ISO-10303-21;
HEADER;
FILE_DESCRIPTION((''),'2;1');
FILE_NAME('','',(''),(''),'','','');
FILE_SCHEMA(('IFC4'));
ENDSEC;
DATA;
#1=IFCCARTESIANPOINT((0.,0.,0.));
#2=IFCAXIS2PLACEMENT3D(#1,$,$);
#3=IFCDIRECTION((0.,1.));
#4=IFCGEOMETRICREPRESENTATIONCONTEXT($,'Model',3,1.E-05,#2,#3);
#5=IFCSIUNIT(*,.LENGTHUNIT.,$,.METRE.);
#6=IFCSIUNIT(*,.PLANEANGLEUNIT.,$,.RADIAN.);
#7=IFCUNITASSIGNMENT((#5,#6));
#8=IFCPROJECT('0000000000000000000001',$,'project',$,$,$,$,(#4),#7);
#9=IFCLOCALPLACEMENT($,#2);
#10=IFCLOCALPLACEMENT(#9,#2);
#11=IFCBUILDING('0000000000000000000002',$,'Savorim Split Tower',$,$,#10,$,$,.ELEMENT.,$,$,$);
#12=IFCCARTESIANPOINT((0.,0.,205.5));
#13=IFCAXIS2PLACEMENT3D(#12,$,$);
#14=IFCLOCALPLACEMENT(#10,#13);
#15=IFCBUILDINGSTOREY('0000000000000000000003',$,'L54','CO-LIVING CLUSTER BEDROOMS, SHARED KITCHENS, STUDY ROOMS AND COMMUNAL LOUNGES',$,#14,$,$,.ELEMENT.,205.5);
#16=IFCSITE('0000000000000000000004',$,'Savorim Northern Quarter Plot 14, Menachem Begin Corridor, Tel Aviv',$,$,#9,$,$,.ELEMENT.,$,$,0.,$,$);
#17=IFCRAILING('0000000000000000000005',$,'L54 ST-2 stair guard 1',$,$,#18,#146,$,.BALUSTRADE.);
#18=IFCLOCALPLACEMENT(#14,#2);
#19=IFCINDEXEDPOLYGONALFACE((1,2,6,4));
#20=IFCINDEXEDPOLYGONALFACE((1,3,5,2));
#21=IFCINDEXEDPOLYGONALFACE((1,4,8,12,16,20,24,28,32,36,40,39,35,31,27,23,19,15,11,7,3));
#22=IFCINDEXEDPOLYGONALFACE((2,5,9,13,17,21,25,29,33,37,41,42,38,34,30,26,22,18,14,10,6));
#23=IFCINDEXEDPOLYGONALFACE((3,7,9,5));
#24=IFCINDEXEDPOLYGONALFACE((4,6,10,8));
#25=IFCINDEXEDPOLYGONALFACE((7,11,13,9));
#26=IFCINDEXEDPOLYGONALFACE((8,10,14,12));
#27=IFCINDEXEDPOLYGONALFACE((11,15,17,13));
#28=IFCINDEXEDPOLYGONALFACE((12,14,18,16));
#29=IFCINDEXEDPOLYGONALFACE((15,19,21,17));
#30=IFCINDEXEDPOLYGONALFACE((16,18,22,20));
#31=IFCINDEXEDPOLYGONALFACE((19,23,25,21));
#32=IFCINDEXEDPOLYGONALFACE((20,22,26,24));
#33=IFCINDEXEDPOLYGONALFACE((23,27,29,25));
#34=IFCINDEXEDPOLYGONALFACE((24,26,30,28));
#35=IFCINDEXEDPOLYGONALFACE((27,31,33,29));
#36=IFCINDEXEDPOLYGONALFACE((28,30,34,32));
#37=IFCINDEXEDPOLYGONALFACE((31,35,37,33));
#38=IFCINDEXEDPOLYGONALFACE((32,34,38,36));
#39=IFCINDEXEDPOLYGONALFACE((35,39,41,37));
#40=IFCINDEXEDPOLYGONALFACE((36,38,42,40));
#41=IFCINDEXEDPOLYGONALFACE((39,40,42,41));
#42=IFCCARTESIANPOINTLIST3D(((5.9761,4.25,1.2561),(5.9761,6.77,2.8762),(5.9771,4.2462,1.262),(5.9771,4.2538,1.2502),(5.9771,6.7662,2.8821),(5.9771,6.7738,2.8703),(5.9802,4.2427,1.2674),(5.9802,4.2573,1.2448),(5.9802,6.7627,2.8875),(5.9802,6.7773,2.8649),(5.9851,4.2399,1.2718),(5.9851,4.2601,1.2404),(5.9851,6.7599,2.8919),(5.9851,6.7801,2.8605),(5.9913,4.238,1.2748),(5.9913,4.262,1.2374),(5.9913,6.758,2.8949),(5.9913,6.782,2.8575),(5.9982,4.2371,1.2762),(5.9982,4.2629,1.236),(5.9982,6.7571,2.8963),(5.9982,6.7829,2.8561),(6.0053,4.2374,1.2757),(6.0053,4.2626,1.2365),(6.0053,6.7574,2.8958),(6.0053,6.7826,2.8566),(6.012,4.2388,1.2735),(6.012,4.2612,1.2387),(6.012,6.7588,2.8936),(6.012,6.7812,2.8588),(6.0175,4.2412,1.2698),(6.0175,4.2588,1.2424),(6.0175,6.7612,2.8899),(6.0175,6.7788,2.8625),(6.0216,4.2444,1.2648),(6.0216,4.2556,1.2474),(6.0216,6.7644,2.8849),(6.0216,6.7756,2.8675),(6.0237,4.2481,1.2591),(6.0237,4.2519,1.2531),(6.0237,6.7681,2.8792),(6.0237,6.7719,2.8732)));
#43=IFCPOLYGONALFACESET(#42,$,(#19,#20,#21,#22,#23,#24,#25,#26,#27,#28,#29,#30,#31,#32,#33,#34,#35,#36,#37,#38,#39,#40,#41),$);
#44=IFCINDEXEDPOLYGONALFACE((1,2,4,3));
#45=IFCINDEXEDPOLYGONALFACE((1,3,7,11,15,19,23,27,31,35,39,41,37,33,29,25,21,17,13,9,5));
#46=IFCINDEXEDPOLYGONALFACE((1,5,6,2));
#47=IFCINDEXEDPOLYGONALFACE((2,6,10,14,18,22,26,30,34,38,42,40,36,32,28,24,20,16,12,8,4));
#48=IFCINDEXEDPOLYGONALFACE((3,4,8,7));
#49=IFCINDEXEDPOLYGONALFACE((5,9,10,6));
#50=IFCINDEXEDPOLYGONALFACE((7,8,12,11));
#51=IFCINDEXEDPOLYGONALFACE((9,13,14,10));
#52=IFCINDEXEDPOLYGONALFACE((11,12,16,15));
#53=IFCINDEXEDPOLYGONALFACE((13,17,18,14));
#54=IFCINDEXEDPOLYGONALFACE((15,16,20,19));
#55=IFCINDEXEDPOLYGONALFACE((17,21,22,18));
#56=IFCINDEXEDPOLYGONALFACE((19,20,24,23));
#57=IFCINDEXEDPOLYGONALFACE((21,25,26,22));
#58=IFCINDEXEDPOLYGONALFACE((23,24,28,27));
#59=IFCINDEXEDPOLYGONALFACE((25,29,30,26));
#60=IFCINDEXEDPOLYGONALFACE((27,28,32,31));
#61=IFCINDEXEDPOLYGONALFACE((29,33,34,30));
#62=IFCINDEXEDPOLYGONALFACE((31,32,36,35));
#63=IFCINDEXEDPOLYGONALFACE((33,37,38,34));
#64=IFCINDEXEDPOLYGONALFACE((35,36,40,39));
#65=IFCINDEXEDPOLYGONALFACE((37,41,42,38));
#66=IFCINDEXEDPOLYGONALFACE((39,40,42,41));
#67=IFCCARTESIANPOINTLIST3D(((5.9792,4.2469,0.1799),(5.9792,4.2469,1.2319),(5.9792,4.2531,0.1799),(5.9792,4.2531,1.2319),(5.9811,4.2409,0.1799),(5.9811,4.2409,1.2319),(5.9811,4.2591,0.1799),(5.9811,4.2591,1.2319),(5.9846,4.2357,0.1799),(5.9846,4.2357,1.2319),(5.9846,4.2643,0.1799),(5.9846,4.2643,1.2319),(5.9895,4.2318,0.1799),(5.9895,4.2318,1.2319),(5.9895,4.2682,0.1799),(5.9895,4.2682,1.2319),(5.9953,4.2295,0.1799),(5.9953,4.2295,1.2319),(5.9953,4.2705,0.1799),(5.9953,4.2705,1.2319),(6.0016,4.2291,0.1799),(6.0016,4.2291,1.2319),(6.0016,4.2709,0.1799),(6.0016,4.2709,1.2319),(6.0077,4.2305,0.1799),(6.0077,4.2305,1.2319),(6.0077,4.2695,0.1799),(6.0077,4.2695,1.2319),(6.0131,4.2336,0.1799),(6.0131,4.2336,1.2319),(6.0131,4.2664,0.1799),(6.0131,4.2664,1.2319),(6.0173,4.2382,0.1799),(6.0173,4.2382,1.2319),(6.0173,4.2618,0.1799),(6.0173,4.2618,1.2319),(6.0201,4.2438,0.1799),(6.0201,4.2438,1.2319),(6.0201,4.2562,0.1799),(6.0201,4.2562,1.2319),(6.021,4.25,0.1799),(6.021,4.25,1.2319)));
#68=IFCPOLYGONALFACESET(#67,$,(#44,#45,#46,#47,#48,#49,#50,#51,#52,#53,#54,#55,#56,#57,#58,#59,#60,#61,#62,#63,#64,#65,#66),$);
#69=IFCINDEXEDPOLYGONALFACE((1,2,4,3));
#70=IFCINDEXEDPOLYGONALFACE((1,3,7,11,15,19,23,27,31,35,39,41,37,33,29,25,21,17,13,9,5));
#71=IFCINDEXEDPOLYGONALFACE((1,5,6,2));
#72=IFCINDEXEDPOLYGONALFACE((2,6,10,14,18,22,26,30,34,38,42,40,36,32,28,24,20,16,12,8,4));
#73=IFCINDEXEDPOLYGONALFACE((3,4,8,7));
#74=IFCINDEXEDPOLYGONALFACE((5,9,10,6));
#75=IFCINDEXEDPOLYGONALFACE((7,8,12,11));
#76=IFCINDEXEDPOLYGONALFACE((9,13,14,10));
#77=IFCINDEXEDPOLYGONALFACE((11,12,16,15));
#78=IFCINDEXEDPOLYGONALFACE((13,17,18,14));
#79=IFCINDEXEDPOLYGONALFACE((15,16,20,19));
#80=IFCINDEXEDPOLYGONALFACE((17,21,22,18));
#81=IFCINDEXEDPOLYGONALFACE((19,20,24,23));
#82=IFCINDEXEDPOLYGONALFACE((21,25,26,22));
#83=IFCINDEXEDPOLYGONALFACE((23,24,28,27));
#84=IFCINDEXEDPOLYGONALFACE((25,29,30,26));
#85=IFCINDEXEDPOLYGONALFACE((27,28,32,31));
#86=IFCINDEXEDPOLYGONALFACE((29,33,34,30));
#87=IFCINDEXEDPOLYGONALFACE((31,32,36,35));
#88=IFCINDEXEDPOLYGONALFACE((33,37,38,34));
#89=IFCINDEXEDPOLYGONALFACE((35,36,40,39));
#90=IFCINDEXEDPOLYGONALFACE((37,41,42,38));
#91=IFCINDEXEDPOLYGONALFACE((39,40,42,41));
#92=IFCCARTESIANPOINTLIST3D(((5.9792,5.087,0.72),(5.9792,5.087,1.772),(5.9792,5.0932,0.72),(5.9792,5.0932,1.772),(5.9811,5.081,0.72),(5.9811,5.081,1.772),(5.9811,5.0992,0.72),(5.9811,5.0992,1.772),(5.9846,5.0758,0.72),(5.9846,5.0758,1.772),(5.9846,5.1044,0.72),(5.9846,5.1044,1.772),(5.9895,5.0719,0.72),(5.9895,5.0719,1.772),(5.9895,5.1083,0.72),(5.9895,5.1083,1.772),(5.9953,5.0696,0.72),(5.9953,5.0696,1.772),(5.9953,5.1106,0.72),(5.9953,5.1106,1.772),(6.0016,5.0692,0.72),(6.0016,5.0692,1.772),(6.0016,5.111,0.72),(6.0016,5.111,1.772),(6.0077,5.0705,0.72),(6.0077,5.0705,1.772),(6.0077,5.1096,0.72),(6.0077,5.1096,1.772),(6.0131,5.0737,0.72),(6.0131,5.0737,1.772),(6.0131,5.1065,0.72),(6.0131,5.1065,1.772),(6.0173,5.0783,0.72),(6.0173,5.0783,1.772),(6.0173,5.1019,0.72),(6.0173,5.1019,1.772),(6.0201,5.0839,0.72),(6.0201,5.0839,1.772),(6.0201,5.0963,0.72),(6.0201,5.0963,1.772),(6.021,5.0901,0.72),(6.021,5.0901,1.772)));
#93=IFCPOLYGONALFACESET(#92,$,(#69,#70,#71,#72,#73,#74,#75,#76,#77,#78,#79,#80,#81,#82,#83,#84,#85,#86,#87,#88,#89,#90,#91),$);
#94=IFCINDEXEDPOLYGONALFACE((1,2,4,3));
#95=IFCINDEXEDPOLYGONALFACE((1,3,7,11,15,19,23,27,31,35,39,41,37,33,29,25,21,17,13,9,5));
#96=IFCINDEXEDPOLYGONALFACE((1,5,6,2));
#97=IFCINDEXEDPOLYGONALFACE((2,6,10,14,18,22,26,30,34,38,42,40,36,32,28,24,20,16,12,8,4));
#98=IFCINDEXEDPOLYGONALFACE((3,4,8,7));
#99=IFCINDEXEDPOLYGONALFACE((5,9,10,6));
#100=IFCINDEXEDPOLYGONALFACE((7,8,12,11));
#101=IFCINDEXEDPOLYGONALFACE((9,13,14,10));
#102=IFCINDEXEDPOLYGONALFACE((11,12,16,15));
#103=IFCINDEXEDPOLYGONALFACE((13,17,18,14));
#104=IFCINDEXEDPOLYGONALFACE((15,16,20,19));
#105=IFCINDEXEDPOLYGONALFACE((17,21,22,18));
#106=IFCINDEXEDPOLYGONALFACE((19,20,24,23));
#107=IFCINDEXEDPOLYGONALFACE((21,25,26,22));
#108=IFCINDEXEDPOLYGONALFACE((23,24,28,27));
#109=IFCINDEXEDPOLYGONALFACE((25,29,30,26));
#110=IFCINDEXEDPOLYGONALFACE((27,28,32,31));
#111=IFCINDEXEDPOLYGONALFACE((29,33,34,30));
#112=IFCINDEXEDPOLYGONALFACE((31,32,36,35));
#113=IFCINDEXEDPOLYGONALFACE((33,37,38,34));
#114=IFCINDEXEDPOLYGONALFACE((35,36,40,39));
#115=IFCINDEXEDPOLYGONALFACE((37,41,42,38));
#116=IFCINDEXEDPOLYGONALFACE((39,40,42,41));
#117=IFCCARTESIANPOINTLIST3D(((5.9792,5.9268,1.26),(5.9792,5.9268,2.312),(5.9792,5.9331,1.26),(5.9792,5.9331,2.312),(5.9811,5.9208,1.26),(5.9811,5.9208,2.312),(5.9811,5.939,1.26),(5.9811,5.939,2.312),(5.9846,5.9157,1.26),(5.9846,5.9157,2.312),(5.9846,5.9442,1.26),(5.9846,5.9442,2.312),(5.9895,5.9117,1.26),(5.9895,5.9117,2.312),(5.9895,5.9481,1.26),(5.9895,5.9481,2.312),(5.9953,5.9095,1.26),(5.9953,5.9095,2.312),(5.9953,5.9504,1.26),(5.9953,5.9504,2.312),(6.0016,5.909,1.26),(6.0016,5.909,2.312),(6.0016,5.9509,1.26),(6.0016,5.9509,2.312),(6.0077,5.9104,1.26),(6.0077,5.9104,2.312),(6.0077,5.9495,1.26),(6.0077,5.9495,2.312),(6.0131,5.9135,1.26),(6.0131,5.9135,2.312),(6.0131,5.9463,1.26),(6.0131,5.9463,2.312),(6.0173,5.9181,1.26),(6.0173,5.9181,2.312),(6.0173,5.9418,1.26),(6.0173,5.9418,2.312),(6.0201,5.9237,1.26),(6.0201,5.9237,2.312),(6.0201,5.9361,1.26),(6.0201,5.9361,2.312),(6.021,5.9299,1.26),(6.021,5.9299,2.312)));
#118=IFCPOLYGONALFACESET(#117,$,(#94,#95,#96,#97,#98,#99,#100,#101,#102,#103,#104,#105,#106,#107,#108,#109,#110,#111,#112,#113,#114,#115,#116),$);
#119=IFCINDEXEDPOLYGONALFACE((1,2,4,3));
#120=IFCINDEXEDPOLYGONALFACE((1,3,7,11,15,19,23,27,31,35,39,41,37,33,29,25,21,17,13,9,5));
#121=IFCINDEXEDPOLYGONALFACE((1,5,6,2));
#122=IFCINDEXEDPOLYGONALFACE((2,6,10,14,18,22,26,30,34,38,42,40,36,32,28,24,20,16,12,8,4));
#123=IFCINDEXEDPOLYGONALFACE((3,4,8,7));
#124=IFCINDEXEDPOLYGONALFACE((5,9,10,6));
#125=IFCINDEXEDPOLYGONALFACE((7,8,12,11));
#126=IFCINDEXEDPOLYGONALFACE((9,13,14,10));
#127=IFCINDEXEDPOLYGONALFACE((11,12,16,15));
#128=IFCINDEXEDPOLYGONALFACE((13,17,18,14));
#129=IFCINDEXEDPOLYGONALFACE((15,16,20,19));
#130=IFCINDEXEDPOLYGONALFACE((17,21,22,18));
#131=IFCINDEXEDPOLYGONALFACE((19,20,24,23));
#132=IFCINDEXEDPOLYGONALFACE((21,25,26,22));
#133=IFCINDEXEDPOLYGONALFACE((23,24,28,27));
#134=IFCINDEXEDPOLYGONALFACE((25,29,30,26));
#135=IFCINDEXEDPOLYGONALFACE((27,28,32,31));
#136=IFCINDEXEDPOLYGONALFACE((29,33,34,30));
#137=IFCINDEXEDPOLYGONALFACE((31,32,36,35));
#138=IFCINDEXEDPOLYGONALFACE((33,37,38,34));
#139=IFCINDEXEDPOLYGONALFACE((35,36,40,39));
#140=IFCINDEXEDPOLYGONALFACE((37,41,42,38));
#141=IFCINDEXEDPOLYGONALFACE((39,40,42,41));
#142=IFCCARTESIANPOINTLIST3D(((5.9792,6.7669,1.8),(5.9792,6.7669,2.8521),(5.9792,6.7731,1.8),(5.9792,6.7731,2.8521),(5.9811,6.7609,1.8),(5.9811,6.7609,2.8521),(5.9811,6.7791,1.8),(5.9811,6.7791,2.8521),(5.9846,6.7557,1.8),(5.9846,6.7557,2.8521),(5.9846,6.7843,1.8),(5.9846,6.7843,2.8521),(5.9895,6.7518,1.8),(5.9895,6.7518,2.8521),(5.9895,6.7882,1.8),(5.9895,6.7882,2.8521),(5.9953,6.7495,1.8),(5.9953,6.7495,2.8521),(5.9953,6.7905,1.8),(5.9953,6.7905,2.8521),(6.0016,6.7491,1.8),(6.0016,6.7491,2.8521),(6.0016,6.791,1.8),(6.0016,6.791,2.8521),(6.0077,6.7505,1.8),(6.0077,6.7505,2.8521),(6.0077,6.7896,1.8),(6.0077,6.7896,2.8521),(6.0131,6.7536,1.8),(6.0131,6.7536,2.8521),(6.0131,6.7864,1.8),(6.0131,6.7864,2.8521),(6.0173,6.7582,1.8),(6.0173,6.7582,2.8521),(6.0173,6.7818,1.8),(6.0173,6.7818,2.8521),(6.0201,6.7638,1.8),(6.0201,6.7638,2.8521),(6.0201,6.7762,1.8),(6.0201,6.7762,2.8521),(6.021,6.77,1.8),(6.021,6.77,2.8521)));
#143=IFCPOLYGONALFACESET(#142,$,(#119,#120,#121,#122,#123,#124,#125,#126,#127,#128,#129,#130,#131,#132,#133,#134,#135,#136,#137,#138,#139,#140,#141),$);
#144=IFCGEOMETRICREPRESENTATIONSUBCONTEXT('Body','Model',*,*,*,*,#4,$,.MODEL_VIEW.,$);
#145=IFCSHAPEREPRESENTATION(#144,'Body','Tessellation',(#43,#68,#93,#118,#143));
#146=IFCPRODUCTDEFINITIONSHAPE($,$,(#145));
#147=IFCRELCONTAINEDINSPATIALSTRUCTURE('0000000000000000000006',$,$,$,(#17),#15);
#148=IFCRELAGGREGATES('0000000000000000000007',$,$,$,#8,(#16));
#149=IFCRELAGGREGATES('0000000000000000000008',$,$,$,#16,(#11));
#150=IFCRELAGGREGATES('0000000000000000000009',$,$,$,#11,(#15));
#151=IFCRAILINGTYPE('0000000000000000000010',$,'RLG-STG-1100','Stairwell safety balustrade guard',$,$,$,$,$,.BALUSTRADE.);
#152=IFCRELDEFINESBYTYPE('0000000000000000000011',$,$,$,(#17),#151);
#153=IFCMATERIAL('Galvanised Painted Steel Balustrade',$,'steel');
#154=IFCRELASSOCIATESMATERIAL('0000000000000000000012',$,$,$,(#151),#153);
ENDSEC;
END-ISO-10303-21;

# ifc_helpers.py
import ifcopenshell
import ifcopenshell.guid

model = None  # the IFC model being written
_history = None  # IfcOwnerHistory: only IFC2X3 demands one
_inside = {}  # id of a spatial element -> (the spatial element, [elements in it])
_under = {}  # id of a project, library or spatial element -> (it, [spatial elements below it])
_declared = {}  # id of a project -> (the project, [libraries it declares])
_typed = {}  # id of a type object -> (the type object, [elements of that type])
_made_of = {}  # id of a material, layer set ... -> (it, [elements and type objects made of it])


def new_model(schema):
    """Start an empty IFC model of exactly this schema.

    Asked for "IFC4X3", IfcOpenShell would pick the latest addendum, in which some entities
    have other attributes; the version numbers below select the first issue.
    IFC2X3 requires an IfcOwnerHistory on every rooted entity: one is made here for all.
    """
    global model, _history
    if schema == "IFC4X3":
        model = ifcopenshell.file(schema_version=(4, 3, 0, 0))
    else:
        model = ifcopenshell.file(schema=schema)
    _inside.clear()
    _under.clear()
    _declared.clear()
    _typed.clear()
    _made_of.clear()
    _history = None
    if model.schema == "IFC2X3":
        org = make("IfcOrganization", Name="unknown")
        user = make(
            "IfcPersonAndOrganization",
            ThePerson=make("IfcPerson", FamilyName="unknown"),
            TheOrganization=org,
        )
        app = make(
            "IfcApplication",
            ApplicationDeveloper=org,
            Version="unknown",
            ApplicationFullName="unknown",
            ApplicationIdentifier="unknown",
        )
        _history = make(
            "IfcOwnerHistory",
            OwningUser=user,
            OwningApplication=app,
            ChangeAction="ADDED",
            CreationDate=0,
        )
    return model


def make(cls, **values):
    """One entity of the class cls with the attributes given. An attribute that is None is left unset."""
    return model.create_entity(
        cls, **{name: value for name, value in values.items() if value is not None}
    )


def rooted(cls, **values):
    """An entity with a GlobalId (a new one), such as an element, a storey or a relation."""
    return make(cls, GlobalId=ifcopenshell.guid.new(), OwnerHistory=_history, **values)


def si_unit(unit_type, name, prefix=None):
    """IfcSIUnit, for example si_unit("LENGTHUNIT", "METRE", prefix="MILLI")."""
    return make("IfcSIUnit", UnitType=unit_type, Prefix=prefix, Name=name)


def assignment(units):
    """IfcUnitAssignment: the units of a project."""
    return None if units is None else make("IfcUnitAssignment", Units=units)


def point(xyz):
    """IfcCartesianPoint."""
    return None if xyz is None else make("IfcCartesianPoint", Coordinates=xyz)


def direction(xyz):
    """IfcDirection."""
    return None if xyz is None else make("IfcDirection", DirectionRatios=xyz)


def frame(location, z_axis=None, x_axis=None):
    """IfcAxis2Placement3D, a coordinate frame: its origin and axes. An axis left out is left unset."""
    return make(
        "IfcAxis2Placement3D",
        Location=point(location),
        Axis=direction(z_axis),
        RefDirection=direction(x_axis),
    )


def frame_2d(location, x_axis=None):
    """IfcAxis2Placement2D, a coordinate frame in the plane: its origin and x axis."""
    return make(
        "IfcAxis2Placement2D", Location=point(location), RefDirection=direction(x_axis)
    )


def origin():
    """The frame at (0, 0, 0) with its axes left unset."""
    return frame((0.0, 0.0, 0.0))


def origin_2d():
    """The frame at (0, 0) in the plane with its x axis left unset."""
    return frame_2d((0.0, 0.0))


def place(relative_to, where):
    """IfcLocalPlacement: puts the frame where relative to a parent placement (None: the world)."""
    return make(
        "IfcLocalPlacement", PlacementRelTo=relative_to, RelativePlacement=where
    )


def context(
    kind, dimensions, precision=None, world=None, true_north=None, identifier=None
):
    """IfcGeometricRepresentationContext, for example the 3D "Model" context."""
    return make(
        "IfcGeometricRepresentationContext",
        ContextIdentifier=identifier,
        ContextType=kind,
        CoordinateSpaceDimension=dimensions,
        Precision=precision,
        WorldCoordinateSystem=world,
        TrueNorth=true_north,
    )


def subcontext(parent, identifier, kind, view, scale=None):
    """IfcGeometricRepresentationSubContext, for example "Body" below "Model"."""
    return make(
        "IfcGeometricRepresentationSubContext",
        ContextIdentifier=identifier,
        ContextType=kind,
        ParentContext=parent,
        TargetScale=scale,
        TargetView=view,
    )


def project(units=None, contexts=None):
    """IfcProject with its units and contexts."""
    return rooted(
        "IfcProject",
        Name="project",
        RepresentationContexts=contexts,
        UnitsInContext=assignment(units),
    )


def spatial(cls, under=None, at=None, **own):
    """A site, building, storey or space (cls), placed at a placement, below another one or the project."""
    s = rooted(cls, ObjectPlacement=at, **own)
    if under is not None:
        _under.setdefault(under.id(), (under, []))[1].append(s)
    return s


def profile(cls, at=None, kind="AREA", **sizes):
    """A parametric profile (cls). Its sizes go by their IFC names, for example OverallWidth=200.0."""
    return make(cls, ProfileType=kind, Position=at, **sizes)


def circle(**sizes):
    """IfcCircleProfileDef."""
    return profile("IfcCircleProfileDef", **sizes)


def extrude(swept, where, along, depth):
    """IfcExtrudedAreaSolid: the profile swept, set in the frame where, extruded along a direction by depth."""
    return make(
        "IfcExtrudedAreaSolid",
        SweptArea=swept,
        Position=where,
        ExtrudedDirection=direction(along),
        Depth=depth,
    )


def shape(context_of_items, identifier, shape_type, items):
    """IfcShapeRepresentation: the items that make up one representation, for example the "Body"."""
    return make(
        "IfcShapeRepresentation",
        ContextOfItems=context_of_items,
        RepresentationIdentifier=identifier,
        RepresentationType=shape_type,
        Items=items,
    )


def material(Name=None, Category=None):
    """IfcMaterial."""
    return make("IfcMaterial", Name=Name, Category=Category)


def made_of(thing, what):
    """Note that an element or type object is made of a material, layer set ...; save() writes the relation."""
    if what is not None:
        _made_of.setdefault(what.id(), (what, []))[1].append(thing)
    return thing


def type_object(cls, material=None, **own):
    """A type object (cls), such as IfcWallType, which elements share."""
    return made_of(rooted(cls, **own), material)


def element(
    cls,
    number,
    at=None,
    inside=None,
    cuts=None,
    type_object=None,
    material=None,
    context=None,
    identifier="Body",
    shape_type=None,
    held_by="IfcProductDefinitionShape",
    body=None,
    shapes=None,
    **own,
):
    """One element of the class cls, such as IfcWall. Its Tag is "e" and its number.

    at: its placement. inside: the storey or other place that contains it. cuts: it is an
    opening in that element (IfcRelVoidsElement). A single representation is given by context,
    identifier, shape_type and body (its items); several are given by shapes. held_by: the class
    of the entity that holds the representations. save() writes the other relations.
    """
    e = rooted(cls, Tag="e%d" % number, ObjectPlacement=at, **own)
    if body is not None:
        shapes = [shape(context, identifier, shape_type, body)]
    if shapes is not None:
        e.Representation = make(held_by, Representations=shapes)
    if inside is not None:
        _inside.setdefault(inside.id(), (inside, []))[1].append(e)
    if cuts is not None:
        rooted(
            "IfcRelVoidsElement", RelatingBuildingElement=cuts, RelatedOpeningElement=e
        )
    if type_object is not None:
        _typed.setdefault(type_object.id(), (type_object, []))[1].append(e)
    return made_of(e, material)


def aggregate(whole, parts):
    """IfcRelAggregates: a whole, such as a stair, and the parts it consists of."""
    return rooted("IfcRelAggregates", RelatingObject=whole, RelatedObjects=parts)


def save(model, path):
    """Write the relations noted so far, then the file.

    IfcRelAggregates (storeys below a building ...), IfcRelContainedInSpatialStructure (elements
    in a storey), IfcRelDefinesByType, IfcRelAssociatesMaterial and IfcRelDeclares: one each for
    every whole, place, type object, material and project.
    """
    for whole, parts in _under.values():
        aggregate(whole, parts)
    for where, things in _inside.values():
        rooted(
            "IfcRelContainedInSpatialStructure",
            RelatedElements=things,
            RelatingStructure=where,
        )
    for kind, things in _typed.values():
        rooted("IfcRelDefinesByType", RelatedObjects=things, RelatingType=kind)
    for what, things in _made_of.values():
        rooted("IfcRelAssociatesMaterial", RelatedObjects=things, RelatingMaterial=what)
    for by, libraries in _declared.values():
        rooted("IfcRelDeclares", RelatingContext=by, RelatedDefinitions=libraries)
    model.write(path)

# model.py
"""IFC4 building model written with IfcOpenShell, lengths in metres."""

from ifc_helpers import new_model, si_unit, direction, frame, origin, origin_2d, place, context, subcontext, project, spatial, circle, extrude, material, type_object, element, save


model = new_model("IFC4")

# Units and contexts
model_context = context("Model", 3, precision=1e-05, world=origin(), true_north=direction((0.0, 1.0)))
body_context = subcontext(model_context, "Body", "Model", "MODEL_VIEW")
ifc_project = project(units=[si_unit("LENGTHUNIT", "METRE"), si_unit("PLANEANGLEUNIT", "RADIAN")], contexts=[model_context])

# Site, building, storey
site_placement = place(None, origin())
site = spatial("IfcSite", under=ifc_project, at=site_placement, Name="Savorim Northern Quarter Plot 14, Menachem Begin Corridor, Tel Aviv", CompositionType="ELEMENT", RefElevation=0.0)
building_placement = place(site_placement, origin())
building = spatial("IfcBuilding", under=site, at=building_placement, Name="Savorim Split Tower", CompositionType="ELEMENT")
storey_placement = place(building_placement, frame((0.0, 0.0, 205.5)))
storey = spatial("IfcBuildingStorey", under=building, at=storey_placement, Name="L54", Description="CO-LIVING CLUSTER BEDROOMS, SHARED KITCHENS, STUDY ROOMS AND COMMUNAL LOUNGES", CompositionType="ELEMENT", Elevation=205.5)

# Railing
ifc_material_1 = material(Name="Galvanised Painted Steel Balustrade", Category="steel")
railing_type_1 = type_object("IfcRailingType", Name="RLG-STG-1100", Description="Stairwell safety balustrade guard", PredefinedType="BALUSTRADE", material=ifc_material_1)
railing_1_placement = place(storey_placement, frame((6.0, 4.25, 0.1799)))
element("IfcRailing", 1, at=railing_1_placement, inside=storey, type_object=railing_type_1, Name="L54 ST-2 stair guard 1", PredefinedType="BALUSTRADE", context=body_context, shape_type="SweptSolid", body=[
    extrude(circle(Radius=0.0239, at=origin_2d()), frame((0.0, 0.0, 1.0762), z_axis=(0.0, 0.841163, 0.540782), x_axis=(-1.0, 0.0, 0.0)), (0.0, 0.0, 1.0), 2.9958),
    extrude(circle(Radius=0.021, at=origin_2d()), origin(), (0.0, 0.0, 1.0), 1.052),
    extrude(circle(Radius=0.021, at=origin_2d()), frame((0.0, 0.8401, 0.54)), (0.0, 0.0, 1.0), 1.052),
    extrude(circle(Radius=0.021, at=origin_2d()), frame((0.0, 1.6799, 1.0801)), (0.0, 0.0, 1.0), 1.052),
    extrude(circle(Radius=0.021, at=origin_2d()), frame((0.0, 2.52, 1.6201)), (0.0, 0.0, 1.0), 1.052),
])

save(model, "model.ifc")
